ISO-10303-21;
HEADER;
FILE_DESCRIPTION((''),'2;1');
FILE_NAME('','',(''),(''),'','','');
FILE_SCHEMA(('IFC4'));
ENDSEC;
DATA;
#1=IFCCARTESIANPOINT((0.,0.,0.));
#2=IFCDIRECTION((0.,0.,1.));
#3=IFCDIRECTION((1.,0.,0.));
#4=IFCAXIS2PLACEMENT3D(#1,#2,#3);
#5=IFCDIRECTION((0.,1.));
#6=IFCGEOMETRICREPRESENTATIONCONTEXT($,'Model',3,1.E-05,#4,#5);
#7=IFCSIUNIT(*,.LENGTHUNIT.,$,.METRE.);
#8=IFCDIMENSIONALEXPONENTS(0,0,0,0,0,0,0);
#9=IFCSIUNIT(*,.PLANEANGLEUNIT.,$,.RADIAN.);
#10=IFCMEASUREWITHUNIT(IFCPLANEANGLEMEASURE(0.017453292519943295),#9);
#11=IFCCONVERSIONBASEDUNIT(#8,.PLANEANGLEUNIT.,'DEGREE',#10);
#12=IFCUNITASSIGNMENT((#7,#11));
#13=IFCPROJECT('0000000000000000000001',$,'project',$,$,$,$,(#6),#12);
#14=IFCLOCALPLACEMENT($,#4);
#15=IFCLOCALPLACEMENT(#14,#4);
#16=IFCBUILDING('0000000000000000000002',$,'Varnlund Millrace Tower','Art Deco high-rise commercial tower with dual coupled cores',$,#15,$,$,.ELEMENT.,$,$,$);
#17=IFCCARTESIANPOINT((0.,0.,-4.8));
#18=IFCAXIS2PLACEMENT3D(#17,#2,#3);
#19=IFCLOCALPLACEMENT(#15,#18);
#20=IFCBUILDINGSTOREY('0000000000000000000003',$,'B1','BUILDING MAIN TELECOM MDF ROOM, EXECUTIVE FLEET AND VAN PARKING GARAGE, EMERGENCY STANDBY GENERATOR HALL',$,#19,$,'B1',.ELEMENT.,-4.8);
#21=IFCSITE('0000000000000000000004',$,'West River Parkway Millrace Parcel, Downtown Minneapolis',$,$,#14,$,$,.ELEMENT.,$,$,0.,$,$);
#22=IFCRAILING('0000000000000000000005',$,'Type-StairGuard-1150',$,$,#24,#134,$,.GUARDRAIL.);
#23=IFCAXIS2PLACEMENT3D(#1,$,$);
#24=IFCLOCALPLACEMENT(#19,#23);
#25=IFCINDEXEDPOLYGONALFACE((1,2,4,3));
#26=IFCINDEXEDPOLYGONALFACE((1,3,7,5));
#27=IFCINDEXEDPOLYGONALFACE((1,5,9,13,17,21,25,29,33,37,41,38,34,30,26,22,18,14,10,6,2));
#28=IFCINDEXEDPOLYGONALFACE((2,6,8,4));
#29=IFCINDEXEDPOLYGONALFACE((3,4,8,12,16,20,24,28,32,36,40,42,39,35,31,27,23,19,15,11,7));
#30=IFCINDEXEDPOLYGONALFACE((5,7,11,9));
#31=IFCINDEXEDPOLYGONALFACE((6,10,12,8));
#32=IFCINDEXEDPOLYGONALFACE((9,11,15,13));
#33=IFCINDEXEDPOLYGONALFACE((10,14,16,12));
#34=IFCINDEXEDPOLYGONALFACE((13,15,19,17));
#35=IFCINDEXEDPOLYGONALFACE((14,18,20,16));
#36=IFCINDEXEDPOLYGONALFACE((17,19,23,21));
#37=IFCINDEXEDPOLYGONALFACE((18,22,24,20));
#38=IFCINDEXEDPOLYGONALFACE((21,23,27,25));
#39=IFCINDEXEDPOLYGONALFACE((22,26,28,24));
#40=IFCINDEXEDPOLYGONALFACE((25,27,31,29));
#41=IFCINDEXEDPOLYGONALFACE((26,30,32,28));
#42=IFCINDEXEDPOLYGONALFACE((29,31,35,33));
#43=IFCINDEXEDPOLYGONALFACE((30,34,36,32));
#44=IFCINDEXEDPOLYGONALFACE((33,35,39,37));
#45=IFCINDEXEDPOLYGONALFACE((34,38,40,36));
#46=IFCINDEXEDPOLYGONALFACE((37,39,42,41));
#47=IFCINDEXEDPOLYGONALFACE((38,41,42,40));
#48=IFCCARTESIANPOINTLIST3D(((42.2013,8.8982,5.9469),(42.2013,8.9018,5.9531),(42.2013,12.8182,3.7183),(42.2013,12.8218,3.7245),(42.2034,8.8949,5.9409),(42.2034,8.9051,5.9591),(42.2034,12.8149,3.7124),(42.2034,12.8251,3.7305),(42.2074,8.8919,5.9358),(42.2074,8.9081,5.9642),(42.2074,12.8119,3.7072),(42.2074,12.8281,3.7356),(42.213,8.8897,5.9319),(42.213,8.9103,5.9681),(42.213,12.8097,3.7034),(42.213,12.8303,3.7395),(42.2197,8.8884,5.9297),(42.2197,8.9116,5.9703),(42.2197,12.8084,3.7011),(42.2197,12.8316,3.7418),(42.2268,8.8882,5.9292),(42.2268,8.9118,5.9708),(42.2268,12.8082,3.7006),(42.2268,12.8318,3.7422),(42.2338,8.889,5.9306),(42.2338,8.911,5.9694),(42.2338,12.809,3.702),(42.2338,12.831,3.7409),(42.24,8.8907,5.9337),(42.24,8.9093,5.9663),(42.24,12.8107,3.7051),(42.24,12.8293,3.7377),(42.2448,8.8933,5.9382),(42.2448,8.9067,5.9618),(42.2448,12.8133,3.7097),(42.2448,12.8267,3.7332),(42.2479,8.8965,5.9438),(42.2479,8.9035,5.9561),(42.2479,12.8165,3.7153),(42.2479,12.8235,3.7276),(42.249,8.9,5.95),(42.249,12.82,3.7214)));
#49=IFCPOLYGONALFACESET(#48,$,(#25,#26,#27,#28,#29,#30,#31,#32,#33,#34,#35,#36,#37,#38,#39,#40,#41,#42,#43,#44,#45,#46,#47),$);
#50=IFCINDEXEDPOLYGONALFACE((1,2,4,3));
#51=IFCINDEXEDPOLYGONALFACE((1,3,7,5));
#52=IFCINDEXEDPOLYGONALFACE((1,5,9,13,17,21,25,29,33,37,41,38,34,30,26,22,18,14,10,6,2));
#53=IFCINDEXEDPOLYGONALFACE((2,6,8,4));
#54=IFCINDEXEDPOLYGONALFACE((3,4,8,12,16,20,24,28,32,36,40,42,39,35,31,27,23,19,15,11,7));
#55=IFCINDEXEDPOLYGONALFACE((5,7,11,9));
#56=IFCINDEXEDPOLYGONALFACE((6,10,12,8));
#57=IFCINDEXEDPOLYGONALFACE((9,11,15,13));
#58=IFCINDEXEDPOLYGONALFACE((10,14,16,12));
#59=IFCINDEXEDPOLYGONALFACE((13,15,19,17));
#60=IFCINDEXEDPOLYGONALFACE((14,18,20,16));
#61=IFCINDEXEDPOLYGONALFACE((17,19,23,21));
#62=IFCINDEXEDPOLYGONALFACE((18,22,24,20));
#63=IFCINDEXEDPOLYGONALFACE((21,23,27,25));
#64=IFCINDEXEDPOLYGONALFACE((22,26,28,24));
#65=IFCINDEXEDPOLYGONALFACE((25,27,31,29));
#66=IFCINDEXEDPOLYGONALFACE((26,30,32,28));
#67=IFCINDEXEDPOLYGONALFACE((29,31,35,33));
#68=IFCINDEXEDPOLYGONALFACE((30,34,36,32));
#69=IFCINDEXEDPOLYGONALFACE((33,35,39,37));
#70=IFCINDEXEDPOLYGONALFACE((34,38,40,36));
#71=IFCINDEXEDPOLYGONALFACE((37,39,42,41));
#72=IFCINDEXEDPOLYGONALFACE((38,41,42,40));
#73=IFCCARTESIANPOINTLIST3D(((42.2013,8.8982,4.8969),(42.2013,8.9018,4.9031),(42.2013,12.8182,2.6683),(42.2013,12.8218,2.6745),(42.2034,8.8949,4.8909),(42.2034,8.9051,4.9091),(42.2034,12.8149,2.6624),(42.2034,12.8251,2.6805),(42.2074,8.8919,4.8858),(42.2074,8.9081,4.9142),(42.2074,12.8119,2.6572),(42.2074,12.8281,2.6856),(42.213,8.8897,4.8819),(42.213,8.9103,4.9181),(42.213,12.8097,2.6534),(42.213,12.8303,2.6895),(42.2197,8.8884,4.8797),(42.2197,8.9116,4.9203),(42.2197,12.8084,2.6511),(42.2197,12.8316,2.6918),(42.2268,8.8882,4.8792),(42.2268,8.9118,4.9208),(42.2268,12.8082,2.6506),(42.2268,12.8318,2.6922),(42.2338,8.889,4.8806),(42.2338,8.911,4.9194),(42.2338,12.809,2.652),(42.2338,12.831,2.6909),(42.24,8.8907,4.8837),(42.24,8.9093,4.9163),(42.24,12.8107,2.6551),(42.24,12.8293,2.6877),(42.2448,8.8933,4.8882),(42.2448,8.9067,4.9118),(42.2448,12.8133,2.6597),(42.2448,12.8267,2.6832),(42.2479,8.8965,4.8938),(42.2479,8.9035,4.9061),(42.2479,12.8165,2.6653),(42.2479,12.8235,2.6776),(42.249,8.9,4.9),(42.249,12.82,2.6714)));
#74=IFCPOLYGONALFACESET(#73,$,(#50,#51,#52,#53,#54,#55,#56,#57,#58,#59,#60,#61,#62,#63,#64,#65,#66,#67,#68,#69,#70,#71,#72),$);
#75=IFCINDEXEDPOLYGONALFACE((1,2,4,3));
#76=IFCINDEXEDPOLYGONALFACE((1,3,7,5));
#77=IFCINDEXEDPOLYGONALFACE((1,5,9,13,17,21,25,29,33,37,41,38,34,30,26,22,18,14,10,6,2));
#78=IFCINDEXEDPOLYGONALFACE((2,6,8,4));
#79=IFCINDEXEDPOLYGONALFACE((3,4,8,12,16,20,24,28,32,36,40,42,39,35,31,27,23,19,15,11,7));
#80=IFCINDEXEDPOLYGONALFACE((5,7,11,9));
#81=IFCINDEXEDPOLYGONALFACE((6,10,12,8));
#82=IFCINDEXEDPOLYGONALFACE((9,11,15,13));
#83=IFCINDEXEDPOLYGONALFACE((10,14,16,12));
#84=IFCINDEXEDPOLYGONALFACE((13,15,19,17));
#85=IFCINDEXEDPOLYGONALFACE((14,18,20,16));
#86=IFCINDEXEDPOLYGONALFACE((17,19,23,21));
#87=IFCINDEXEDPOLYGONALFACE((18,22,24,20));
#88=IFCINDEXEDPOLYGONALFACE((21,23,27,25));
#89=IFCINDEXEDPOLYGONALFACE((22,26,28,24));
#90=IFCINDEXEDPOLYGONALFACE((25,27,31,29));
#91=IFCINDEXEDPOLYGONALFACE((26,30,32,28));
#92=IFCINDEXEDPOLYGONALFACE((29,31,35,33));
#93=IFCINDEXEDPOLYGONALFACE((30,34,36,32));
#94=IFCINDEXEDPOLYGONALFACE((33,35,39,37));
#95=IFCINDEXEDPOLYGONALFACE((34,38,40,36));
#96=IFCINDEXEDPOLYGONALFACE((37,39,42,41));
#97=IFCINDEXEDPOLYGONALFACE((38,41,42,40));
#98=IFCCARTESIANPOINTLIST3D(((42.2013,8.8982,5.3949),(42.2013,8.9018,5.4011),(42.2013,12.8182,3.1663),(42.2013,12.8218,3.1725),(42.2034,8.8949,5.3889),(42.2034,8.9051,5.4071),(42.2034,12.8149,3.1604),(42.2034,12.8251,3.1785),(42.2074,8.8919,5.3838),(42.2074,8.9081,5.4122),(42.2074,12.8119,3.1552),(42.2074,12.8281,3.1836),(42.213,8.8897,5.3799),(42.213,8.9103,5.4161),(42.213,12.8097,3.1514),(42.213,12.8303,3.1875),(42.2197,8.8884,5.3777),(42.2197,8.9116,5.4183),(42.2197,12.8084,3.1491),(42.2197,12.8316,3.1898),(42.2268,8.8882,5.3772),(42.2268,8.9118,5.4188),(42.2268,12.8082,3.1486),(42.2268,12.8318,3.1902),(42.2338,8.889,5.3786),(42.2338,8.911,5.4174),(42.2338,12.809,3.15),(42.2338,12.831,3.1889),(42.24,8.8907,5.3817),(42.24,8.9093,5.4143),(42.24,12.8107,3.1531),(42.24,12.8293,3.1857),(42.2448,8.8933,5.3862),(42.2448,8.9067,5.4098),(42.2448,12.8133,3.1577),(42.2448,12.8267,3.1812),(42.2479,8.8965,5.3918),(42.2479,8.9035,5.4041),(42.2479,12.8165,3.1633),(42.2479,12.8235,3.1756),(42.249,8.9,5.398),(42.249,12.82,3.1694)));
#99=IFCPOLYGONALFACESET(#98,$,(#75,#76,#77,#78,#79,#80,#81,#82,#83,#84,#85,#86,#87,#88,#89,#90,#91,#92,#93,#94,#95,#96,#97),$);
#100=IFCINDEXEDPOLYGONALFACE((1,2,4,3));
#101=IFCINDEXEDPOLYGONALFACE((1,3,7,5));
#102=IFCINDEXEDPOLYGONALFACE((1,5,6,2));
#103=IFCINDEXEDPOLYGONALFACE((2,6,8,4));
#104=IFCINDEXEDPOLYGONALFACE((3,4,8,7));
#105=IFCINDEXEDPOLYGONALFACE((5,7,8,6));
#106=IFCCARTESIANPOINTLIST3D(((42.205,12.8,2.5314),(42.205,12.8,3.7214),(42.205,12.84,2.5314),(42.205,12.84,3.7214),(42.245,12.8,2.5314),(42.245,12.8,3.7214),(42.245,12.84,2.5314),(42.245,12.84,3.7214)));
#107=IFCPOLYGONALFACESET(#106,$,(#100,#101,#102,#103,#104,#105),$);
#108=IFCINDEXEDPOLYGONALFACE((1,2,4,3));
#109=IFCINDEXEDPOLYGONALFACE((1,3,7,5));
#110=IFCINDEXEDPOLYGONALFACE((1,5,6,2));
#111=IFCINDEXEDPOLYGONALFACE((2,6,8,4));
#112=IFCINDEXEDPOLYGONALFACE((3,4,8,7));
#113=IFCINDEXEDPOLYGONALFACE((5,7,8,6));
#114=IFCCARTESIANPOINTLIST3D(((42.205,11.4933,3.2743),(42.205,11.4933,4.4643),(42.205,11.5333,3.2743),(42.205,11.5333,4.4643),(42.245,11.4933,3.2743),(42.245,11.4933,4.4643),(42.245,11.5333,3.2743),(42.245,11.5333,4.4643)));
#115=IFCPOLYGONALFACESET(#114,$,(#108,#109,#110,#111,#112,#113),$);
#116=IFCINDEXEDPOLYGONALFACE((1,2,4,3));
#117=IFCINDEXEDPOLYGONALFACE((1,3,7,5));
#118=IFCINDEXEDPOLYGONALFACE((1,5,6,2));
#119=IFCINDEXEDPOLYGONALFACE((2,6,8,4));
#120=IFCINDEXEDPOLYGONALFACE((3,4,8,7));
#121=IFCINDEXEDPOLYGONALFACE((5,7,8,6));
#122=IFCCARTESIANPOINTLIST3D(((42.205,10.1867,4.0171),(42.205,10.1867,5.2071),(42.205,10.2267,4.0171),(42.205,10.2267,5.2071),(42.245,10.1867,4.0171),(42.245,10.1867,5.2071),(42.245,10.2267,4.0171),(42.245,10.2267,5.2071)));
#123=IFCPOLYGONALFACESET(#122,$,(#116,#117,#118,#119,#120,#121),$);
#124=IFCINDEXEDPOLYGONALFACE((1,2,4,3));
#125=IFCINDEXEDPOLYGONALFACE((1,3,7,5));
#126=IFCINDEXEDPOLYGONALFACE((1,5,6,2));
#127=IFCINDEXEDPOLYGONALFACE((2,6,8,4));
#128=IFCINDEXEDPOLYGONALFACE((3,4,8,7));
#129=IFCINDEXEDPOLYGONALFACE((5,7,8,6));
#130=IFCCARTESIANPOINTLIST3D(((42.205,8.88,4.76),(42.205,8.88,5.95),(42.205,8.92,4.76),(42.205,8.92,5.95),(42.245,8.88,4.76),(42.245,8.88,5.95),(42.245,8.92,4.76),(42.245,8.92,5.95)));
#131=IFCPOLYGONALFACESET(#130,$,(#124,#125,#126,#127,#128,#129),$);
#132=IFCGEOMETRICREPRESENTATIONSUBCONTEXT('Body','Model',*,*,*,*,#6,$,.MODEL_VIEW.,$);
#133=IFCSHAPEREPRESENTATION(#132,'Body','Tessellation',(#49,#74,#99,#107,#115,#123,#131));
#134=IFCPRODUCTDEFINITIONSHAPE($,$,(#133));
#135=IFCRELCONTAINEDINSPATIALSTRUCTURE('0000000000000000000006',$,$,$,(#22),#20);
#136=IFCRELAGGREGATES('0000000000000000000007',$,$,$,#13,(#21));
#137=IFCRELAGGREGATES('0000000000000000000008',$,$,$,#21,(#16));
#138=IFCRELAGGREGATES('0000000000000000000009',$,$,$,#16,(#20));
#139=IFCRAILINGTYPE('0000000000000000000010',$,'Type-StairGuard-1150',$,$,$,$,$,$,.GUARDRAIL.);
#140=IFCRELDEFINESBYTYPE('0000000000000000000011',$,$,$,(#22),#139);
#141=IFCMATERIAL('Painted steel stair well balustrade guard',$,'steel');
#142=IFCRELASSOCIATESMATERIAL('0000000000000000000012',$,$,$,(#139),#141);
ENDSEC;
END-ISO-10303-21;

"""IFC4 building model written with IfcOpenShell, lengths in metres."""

from ifc_helpers import new_model, entity, si_unit, converted_unit, direction, frame, origin_with_axes, origin_2d_with_axis, place, context, subcontext, project, spatial, rectangle, circle, extrude, material, type_object, element, save


model = new_model("IFC4")

# Units and contexts
model_context = context("Model", 3, precision=1e-05, world=origin_with_axes(), true_north=direction((0.0, 1.0)))
body_context = subcontext(model_context, "Body", "Model", "MODEL_VIEW")
ifc_project = project(units=[si_unit("LENGTHUNIT", "METRE"), converted_unit("PLANEANGLEUNIT", "DEGREE", entity("IfcPlaneAngleMeasure", 0.017453292519943295), si_unit("PLANEANGLEUNIT", "RADIAN"), dimensions=[0, 0, 0, 0, 0, 0, 0])], contexts=[model_context])

# Site, building, storey
site_placement = place(None, origin_with_axes())
site = spatial("IfcSite", under=ifc_project, at=site_placement, Name="West River Parkway Millrace Parcel, Downtown Minneapolis", CompositionType="ELEMENT", RefElevation=0.0)
building_placement = place(site_placement, origin_with_axes())
building = spatial("IfcBuilding", under=site, at=building_placement, Name="Varnlund Millrace Tower", Description="Art Deco high-rise commercial tower with dual coupled cores", CompositionType="ELEMENT")
storey_placement = place(building_placement, frame((0.0, 0.0, -4.8), z_axis=(0.0, 0.0, 1.0), x_axis=(1.0, 0.0, 0.0)))
storey = spatial("IfcBuildingStorey", under=building, at=storey_placement, Name="B1", Description="BUILDING MAIN TELECOM MDF ROOM, EXECUTIVE FLEET AND VAN PARKING GARAGE, EMERGENCY STANDBY GENERATOR HALL", LongName="B1", CompositionType="ELEMENT", Elevation=-4.8)

# Railing
ifc_material_1 = material(Name="Painted steel stair well balustrade guard", Category="steel")
railing_type_1 = type_object("IfcRailingType", Name="Type-StairGuard-1150", PredefinedType="GUARDRAIL", material=ifc_material_1)
railing_1_placement = place(storey_placement, frame((0.0, 0.0, 4.8), z_axis=(0.0, 0.0, 1.0), x_axis=(1.0, 0.0, 0.0)))
element("IfcRailing", 1, at=railing_1_placement, inside=storey, type_object=railing_type_1, Name="Type-StairGuard-1150", PredefinedType="GUARDRAIL", context=body_context, shape_type="SweptSolid", body=[
    extrude(circle(Radius=0.024, at=origin_2d_with_axis()), frame((42.225, 12.82, -1.0786), z_axis=(0.0, -0.869333, 0.494227), x_axis=(1.0, 0.0, 0.0)), (0.0, 0.0, 1.0), 4.5092),
    extrude(circle(Radius=0.024, at=origin_2d_with_axis()), frame((42.225, 12.82, -2.1286), z_axis=(0.0, -0.869333, 0.494227), x_axis=(1.0, 0.0, 0.0)), (0.0, 0.0, 1.0), 4.5092),
    extrude(circle(Radius=0.024, at=origin_2d_with_axis()), frame((42.225, 12.82, -1.6306), z_axis=(0.0, -0.869333, 0.494227), x_axis=(1.0, 0.0, 0.0)), (0.0, 0.0, 1.0), 4.5092),
    extrude(rectangle(XDim=0.04, YDim=0.04, at=origin_2d_with_axis()), frame((42.225, 12.82, -2.2686), z_axis=(0.0, 0.0, 1.0), x_axis=(1.0, 0.0, 0.0)), (0.0, 0.0, 1.0), 1.19),
    extrude(rectangle(XDim=0.04, YDim=0.04, at=origin_2d_with_axis()), frame((42.225, 11.5133, -1.5257), z_axis=(0.0, 0.0, 1.0), x_axis=(1.0, 0.0, 0.0)), (0.0, 0.0, 1.0), 1.19),
    extrude(rectangle(XDim=0.04, YDim=0.04, at=origin_2d_with_axis()), frame((42.225, 10.2067, -0.7829), z_axis=(0.0, 0.0, 1.0), x_axis=(1.0, 0.0, 0.0)), (0.0, 0.0, 1.0), 1.19),
    extrude(rectangle(XDim=0.04, YDim=0.04, at=origin_2d_with_axis()), frame((42.225, 8.9, -0.04), z_axis=(0.0, 0.0, 1.0), x_axis=(1.0, 0.0, 0.0)), (0.0, 0.0, 1.0), 1.19),
])

save(model, "model.ifc")
